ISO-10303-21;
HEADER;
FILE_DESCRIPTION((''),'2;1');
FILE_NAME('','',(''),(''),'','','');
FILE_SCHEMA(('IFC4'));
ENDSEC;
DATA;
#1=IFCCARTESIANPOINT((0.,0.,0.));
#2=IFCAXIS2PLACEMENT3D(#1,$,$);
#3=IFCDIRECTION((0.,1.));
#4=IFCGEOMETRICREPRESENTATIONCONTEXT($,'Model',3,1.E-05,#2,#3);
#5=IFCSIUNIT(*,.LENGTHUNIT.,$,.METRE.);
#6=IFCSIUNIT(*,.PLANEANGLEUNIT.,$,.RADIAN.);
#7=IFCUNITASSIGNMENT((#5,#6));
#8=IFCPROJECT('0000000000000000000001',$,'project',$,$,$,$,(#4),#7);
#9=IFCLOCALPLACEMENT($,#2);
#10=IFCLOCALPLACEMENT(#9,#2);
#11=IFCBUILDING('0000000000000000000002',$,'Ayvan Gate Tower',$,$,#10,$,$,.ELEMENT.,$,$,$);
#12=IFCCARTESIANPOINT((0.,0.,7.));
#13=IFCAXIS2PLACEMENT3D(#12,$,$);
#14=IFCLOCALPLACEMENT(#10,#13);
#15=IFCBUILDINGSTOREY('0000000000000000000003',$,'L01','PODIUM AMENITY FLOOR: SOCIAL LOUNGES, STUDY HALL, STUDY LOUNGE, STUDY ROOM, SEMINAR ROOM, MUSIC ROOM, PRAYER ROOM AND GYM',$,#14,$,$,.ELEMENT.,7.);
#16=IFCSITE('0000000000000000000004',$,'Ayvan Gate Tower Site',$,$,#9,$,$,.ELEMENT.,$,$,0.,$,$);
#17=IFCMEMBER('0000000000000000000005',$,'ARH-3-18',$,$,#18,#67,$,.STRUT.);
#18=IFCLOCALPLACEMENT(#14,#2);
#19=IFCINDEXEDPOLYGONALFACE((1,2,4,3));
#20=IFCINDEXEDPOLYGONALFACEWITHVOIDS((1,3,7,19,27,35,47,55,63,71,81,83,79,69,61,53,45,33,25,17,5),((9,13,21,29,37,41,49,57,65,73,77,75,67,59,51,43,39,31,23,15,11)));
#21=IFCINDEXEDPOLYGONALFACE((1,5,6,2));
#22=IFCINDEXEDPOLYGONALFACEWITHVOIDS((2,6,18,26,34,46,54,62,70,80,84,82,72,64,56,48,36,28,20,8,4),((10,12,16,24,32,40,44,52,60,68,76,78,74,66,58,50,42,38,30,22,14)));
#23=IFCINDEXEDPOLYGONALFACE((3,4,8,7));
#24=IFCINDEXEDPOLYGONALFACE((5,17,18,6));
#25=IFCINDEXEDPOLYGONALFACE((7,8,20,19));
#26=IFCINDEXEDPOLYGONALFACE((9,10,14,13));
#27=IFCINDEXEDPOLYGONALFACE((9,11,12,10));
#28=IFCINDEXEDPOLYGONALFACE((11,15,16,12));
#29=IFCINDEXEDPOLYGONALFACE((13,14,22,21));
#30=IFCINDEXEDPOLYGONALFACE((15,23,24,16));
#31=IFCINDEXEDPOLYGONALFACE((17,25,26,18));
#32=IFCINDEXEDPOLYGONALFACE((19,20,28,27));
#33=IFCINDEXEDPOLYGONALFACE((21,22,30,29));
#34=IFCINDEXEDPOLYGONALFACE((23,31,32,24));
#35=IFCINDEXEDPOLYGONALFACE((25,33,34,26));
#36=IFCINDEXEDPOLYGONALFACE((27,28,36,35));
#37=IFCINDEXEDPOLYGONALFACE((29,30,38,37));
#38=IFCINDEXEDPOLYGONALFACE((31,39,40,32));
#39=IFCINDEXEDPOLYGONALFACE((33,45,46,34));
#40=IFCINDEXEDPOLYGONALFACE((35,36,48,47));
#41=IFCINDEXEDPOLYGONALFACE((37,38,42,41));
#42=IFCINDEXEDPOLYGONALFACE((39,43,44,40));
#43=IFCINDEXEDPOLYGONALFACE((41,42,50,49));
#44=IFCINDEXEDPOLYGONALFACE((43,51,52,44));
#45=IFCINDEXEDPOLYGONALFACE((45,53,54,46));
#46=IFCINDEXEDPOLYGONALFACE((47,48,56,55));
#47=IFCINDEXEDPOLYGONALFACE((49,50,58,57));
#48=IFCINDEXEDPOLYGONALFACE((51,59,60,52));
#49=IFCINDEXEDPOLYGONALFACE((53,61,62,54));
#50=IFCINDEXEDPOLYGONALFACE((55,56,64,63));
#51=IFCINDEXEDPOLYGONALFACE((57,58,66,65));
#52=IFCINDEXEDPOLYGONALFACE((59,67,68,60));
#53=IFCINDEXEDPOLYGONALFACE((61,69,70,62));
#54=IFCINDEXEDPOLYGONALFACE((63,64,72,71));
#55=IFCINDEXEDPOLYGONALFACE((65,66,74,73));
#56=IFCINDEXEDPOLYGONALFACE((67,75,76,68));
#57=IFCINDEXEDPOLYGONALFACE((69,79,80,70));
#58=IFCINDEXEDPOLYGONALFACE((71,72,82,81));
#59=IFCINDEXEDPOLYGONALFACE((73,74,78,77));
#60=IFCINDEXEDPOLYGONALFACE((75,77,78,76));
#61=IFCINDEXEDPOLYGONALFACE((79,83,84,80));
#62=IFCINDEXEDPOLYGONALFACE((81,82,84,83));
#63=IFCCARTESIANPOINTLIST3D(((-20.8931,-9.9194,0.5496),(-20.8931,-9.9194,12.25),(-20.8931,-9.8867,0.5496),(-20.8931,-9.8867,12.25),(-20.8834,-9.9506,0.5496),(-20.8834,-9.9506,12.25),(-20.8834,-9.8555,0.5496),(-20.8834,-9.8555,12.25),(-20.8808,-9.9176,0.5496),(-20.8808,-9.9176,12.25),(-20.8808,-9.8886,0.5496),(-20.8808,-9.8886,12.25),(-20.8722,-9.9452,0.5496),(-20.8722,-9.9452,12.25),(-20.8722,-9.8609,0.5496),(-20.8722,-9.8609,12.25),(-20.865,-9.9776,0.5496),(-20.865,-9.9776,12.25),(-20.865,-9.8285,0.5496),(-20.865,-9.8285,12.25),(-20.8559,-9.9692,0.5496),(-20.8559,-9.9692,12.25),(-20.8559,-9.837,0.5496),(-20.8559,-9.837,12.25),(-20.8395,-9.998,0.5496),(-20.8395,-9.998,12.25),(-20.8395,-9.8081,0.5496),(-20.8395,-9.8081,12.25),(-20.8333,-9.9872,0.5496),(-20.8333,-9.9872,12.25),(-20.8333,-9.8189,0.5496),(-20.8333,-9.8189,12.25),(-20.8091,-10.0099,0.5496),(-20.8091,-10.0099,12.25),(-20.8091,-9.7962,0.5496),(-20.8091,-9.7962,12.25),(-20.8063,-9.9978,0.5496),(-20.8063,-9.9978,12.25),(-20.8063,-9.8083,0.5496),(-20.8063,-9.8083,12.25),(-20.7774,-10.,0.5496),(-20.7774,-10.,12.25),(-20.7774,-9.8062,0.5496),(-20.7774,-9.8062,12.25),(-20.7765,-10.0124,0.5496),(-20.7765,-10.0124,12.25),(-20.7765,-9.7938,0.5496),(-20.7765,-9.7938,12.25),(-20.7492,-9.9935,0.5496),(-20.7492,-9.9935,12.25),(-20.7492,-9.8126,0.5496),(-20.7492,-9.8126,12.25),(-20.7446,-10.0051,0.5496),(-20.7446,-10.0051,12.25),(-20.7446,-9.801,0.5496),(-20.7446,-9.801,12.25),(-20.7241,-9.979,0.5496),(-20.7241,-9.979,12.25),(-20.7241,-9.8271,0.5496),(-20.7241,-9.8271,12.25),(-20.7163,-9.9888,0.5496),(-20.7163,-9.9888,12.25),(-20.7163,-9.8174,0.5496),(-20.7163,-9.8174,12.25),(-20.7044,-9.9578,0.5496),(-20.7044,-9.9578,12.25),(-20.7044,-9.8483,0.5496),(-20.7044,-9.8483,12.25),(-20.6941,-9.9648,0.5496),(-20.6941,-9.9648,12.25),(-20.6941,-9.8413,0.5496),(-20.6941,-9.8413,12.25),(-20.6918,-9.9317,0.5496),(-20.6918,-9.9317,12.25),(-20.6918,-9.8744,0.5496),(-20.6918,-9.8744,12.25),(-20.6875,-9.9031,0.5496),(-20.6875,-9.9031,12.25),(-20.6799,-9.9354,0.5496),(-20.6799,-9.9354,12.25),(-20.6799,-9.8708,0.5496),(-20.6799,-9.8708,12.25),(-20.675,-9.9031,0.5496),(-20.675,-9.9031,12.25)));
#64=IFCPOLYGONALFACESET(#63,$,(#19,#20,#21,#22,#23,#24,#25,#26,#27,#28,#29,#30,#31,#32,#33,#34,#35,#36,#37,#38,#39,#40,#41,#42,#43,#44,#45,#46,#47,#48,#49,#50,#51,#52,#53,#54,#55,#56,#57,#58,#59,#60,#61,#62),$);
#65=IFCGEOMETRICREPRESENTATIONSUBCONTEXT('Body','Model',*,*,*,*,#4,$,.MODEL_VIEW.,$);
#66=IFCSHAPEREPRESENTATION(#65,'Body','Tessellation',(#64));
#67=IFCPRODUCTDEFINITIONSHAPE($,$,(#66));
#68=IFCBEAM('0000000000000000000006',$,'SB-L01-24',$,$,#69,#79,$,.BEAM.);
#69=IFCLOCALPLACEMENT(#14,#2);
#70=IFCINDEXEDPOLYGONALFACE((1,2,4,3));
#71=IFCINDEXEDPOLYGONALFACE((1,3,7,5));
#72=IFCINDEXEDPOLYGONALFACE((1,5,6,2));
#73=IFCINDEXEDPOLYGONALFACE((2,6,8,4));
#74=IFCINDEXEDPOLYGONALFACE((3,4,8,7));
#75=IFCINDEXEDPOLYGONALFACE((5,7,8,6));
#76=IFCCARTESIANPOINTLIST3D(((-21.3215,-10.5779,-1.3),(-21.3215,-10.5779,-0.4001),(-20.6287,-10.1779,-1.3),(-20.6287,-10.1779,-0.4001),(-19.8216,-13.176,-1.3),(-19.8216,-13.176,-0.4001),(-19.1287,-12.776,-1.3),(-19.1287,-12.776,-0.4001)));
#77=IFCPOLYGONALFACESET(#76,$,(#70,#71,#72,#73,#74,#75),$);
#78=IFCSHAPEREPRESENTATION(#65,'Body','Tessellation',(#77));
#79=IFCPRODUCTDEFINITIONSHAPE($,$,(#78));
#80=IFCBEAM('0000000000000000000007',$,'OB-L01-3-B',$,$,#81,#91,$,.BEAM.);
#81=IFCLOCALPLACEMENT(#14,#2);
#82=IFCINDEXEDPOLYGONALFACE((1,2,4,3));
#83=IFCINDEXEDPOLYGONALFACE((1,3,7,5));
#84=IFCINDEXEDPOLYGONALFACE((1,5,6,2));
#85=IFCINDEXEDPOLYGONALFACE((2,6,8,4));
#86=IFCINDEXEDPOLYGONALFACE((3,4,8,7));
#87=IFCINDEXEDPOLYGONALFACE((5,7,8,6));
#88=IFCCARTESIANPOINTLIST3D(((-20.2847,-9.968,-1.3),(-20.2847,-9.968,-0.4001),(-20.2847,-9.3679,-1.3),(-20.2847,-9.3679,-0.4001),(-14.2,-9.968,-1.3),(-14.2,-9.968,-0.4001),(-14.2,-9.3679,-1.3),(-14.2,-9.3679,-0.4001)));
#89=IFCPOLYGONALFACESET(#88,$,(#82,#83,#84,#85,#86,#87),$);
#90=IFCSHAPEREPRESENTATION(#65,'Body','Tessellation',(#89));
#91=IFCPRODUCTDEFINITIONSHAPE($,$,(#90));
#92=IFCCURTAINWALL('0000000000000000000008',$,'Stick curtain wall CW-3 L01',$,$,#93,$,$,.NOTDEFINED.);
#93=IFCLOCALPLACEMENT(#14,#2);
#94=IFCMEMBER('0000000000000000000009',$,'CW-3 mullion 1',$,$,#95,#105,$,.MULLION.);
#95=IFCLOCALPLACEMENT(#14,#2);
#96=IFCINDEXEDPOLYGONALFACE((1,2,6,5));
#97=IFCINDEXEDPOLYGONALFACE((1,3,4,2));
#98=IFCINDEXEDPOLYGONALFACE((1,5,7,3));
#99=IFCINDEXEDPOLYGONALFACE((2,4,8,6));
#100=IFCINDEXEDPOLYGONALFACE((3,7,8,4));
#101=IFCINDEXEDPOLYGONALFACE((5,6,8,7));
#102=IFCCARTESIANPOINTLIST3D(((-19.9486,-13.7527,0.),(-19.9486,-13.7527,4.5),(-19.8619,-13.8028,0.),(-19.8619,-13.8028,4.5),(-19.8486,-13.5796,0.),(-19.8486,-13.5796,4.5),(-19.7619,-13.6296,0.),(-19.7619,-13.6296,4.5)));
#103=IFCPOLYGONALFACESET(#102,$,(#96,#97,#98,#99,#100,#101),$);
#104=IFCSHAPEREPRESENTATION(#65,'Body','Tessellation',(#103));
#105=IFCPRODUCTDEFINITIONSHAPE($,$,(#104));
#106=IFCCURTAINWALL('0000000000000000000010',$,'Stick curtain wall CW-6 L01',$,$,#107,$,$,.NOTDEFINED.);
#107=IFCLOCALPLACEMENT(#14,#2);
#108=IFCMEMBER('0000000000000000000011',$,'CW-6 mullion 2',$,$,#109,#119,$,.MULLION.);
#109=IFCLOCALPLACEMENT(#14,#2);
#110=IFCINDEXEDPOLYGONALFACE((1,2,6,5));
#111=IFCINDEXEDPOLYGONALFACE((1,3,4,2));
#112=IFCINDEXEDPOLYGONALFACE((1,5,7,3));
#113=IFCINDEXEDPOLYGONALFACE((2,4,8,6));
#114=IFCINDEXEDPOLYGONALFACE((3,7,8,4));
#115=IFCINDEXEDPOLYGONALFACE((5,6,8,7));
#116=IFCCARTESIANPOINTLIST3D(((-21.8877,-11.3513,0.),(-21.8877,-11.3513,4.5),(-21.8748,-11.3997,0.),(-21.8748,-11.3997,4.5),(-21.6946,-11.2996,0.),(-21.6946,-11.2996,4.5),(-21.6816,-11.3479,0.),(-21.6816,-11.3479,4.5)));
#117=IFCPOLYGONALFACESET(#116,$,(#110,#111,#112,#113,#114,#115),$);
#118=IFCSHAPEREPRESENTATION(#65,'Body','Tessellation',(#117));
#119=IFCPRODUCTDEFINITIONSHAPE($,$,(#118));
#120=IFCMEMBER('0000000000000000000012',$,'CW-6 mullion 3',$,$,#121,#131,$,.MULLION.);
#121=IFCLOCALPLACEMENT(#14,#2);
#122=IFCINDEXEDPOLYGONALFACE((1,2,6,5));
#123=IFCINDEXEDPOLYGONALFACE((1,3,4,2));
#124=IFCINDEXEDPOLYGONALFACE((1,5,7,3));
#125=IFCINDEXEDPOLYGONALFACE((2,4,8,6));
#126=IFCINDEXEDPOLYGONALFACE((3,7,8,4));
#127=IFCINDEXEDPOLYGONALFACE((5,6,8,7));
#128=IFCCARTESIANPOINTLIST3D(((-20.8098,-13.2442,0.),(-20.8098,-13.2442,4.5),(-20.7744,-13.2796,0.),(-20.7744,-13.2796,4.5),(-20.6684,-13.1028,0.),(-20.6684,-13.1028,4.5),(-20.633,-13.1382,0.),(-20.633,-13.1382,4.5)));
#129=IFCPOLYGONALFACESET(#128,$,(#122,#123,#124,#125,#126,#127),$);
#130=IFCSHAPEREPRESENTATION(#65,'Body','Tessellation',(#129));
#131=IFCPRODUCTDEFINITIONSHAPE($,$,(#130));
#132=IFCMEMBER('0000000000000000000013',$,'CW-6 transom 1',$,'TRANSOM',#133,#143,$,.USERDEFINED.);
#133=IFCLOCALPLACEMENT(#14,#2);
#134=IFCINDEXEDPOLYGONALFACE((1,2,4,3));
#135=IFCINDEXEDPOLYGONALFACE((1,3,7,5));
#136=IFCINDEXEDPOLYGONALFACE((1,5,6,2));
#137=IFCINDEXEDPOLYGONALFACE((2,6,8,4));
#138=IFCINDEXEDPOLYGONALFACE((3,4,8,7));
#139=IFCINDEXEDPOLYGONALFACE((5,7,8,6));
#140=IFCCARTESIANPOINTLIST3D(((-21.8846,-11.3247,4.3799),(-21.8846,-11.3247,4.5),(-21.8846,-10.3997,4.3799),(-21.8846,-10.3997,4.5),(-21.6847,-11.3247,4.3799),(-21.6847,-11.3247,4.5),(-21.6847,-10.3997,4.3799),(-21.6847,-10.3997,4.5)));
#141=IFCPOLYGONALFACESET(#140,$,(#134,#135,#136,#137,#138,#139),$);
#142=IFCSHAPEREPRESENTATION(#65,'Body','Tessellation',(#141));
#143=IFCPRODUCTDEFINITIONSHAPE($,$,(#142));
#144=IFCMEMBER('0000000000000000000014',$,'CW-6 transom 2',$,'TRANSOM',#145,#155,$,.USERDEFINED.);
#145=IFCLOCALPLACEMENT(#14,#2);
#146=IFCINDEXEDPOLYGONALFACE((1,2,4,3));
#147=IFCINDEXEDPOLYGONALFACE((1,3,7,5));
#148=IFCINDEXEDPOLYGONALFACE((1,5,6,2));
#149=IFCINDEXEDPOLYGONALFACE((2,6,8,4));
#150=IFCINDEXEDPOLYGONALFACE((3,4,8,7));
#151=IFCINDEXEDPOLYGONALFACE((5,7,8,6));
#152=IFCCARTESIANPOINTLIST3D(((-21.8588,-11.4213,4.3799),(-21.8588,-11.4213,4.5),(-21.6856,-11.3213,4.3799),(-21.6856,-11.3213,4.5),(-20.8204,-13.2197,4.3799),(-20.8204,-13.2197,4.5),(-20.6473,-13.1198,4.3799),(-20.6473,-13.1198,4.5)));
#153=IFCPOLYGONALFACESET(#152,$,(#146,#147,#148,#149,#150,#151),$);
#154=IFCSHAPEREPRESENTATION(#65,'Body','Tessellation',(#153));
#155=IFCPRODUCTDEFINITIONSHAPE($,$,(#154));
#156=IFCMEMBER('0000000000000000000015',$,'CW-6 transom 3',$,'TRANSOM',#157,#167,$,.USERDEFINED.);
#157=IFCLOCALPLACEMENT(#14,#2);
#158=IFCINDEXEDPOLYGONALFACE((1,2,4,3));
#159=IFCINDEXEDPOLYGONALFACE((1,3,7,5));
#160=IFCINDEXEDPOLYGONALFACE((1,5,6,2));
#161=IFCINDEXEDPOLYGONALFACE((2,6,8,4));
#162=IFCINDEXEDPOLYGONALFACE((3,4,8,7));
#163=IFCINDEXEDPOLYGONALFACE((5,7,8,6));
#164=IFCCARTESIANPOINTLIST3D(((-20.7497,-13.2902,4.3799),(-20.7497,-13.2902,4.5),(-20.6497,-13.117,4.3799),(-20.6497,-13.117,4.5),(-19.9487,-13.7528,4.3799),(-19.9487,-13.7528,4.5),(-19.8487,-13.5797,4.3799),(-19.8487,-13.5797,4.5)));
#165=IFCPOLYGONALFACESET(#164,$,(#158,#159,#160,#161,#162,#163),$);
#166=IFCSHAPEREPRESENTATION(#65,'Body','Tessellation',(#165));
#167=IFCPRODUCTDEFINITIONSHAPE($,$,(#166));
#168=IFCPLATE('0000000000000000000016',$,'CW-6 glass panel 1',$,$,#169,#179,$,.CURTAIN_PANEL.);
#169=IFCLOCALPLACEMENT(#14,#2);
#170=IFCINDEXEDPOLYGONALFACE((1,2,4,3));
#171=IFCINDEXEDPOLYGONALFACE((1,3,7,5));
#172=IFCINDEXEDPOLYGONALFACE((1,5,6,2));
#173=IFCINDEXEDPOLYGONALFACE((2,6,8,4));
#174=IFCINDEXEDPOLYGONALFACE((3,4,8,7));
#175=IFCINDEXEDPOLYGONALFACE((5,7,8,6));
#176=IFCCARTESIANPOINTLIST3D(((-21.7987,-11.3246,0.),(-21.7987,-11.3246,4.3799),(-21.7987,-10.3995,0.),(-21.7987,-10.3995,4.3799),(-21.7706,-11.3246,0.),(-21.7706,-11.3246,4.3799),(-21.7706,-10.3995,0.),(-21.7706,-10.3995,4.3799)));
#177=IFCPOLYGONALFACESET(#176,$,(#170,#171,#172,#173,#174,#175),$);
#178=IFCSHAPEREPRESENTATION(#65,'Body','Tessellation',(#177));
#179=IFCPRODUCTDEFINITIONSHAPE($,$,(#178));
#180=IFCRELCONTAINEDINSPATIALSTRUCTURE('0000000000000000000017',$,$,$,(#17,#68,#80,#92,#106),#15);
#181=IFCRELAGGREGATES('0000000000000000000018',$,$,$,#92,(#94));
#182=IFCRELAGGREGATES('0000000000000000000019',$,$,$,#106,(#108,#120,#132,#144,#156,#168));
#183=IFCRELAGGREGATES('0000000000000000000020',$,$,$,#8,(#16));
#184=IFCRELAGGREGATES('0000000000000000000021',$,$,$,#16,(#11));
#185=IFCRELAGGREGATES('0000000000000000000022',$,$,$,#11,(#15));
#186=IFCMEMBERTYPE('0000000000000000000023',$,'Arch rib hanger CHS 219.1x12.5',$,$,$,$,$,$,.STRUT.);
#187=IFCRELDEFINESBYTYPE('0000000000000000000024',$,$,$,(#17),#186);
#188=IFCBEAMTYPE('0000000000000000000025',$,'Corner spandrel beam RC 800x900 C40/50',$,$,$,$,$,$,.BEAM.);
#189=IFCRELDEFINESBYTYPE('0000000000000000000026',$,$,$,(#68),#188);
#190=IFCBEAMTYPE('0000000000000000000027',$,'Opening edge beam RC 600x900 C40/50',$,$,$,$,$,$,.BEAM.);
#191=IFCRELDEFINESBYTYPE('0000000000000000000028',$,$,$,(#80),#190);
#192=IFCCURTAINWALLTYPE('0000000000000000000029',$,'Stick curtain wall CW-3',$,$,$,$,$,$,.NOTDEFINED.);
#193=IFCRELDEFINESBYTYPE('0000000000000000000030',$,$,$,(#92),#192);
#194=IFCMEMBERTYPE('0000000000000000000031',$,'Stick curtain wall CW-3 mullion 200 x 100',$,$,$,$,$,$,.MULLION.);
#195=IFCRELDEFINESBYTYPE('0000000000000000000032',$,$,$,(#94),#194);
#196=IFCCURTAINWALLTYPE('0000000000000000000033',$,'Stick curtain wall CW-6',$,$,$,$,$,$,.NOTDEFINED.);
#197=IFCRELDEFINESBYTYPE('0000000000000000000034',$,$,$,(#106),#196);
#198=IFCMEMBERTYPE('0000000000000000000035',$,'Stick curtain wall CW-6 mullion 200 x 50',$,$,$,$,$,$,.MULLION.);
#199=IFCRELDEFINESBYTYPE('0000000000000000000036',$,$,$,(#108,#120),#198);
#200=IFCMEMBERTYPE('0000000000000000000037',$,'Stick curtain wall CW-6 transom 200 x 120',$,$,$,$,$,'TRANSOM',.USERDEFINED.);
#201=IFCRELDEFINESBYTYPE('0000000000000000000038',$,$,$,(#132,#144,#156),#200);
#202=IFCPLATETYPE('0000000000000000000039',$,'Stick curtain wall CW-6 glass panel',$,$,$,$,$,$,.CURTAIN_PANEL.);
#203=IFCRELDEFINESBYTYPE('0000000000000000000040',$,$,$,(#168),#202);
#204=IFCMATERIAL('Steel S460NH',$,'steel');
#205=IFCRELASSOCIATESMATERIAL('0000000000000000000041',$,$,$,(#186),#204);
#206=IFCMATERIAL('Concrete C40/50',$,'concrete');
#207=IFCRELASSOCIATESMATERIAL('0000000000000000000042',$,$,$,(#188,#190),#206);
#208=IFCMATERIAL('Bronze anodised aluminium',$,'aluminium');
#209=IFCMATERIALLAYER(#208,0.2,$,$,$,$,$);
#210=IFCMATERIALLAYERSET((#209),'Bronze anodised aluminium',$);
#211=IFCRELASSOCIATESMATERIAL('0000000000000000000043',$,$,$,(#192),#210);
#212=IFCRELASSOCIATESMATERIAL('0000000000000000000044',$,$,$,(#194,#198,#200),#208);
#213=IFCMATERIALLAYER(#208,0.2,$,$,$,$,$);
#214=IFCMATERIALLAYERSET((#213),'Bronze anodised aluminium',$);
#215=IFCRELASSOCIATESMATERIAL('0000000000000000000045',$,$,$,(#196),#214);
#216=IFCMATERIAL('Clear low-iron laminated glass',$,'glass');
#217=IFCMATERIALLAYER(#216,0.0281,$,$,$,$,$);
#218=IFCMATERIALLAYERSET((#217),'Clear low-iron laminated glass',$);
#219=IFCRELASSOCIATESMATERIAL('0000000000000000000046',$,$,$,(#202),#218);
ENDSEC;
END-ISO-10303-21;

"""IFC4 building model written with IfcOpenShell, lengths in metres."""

from ifc_helpers import new_model, si_unit, direction, frame, origin, origin_2d, place, context, subcontext, project, spatial, rectangle, hollow_circle, extrude, material, layer, layer_set, material_profile, profile_set, type_object, element, aggregate, save


model = new_model("IFC4")

# Units and contexts
model_context = context("Model", 3, precision=1e-05, world=origin(), true_north=direction((0.0, 1.0)))
body_context = subcontext(model_context, "Body", "Model", "MODEL_VIEW")
ifc_project = project(units=[si_unit("LENGTHUNIT", "METRE"), si_unit("PLANEANGLEUNIT", "RADIAN")], contexts=[model_context])

# Site, building, storey
site_placement = place(None, origin())
site = spatial("IfcSite", under=ifc_project, at=site_placement, Name="Ayvan Gate Tower Site", CompositionType="ELEMENT", RefElevation=0.0)
building_placement = place(site_placement, origin())
building = spatial("IfcBuilding", under=site, at=building_placement, Name="Ayvan Gate Tower", CompositionType="ELEMENT")
storey_placement = place(building_placement, frame((0.0, 0.0, 7.0)))
storey = spatial("IfcBuildingStorey", under=building, at=storey_placement, Name="L01", Description="PODIUM AMENITY FLOOR: SOCIAL LOUNGES, STUDY HALL, STUDY LOUNGE, STUDY ROOM, SEMINAR ROOM, MUSIC ROOM, PRAYER ROOM AND GYM", CompositionType="ELEMENT", Elevation=7.0)

# Member
ifc_material_1 = material(Name="Steel S460NH", Category="steel")
ifc_material_profile_1 = material_profile(ifc_material_1, hollow_circle(Radius=0.1096, WallThickness=0.0125, at=origin_2d()), Name="CHS 219.1x12.5")
ifc_profile_set_1 = profile_set([ifc_material_profile_1], Name="Steel S460NH")
member_type_1 = type_object("IfcMemberType", Name="Arch rib hanger CHS 219.1x12.5", PredefinedType="STRUT", material=ifc_profile_set_1)
member_1_placement = place(storey_placement, frame((-20.7847, -9.9031, 0.5496), z_axis=(0.0, 0.0, 1.0), x_axis=(1.0, 0.0, 0.0)))
element("IfcMember", 1, at=member_1_placement, inside=storey, type_object=member_type_1, Name="ARH-3-18", PredefinedType="STRUT", context=body_context, shape_type="SweptSolid", body=[
    extrude(hollow_circle(Radius=0.1096, WallThickness=0.0125, at=origin_2d()), origin(), (0.0, 0.0, 1.0), 11.7004),
])

# Beams
ifc_material_2 = material(Name="Concrete C40/50", Category="concrete")
ifc_material_profile_2 = material_profile(ifc_material_2, rectangle(XDim=0.8, YDim=0.8999, at=origin_2d()), Name="RC 800x900")
ifc_profile_set_2 = profile_set([ifc_material_profile_2], Name="Concrete C40/50")
beam_type_1 = type_object("IfcBeamType", Name="Corner spandrel beam RC 800x900 C40/50", PredefinedType="BEAM", material=ifc_profile_set_2)
beam_1_placement = place(storey_placement, frame((-20.9751, -10.3779, -0.8501), z_axis=(0.49999, -0.866031, 0.0), x_axis=(0.866031, 0.49999, 0.0)))
element("IfcBeam", 2, at=beam_1_placement, inside=storey, type_object=beam_type_1, Name="SB-L01-24", PredefinedType="BEAM", context=body_context, shape_type="SweptSolid", body=[
    extrude(rectangle(XDim=0.8, YDim=0.8999, at=origin_2d()), origin(), (0.0, 0.0, 1.0), 3.0),
])
ifc_material_profile_3 = material_profile(ifc_material_2, rectangle(XDim=0.6001, YDim=0.8999, at=origin_2d()), Name="RC 600x900")
ifc_profile_set_3 = profile_set([ifc_material_profile_3], Name="Concrete C40/50")
beam_type_2 = type_object("IfcBeamType", Name="Opening edge beam RC 600x900 C40/50", PredefinedType="BEAM", material=ifc_profile_set_3)
beam_2_placement = place(storey_placement, frame((-20.2847, -9.668, -0.8501), z_axis=(1.0, 0.0, 0.0), x_axis=(0.0, 1.0, 0.0)))
element("IfcBeam", 3, at=beam_2_placement, inside=storey, type_object=beam_type_2, Name="OB-L01-3-B", PredefinedType="BEAM", context=body_context, shape_type="SweptSolid", body=[
    extrude(rectangle(XDim=0.6001, YDim=0.8999, at=origin_2d()), origin(), (0.0, 0.0, 1.0), 6.0847),
])

# Curtain wall, member
ifc_material_3 = material(Name="Bronze anodised aluminium", Category="aluminium")
ifc_layer_1 = layer(ifc_material_3, 0.2)
ifc_layer_set_1 = layer_set([ifc_layer_1], Name="Bronze anodised aluminium")
curtain_wall_type_1 = type_object("IfcCurtainWallType", Name="Stick curtain wall CW-3", PredefinedType="NOTDEFINED", material=ifc_layer_set_1)
curtain_wall_1_placement = place(storey_placement, origin())
curtain_wall_1 = element("IfcCurtainWall", 4, at=curtain_wall_1_placement, inside=storey, type_object=curtain_wall_type_1, Name="Stick curtain wall CW-3 L01", PredefinedType="NOTDEFINED")
ifc_material_profile_4 = material_profile(ifc_material_3, rectangle(XDim=0.2, YDim=0.1001, at=origin_2d()), Name="Stick curtain wall CW-3 mullion 200 x 100")
ifc_profile_set_4 = profile_set([ifc_material_profile_4], Name="Bronze anodised aluminium")
member_type_2 = type_object("IfcMemberType", Name="Stick curtain wall CW-3 mullion 200 x 100", PredefinedType="MULLION", material=ifc_profile_set_4)
member_2_placement = place(storey_placement, frame((-19.8552, -13.6912, 0.0), z_axis=(0.0, 0.0, 1.0), x_axis=(-0.5, -0.866025, 0.0)))
member_2 = element("IfcMember", 5, at=member_2_placement, type_object=member_type_2, Name="CW-3 mullion 1", PredefinedType="MULLION", context=body_context, shape_type="SweptSolid", body=[
    extrude(rectangle(XDim=0.2, YDim=0.1001, at=origin_2d()), origin(), (0.0, 0.0, 1.0), 4.5),
])
aggregate(curtain_wall_1, [member_2])

# Curtain wall, members, plate
ifc_layer_2 = layer(ifc_material_3, 0.2)
ifc_layer_set_2 = layer_set([ifc_layer_2], Name="Bronze anodised aluminium")
curtain_wall_type_2 = type_object("IfcCurtainWallType", Name="Stick curtain wall CW-6", PredefinedType="NOTDEFINED", material=ifc_layer_set_2)
curtain_wall_2_placement = place(storey_placement, origin())
curtain_wall_2 = element("IfcCurtainWall", 6, at=curtain_wall_2_placement, inside=storey, type_object=curtain_wall_type_2, Name="Stick curtain wall CW-6 L01", PredefinedType="NOTDEFINED")
ifc_material_profile_5 = material_profile(ifc_material_3, rectangle(XDim=0.2, YDim=0.05, at=origin_2d()), Name="Stick curtain wall CW-6 mullion 200 x 50")
ifc_profile_set_5 = profile_set([ifc_material_profile_5], Name="Bronze anodised aluminium")
member_type_3 = type_object("IfcMemberType", Name="Stick curtain wall CW-6 mullion 200 x 50", PredefinedType="MULLION", material=ifc_profile_set_5)
member_3_placement = place(storey_placement, frame((-21.7847, -11.3496, 0.0), z_axis=(0.0, 0.0, 1.0), x_axis=(-0.965926, -0.258819, 0.0)))
member_3 = element("IfcMember", 7, at=member_3_placement, type_object=member_type_3, Name="CW-6 mullion 2", PredefinedType="MULLION", context=body_context, shape_type="SweptSolid", body=[
    extrude(rectangle(XDim=0.2, YDim=0.05, at=origin_2d()), origin(), (0.0, 0.0, 1.0), 4.5),
])
member_4_placement = place(storey_placement, frame((-20.7214, -13.1912, 0.0), z_axis=(0.0, 0.0, 1.0), x_axis=(-0.707107, -0.707107, 0.0)))
member_4 = element("IfcMember", 8, at=member_4_placement, type_object=member_type_3, Name="CW-6 mullion 3", PredefinedType="MULLION", context=body_context, shape_type="SweptSolid", body=[
    extrude(rectangle(XDim=0.2, YDim=0.05, at=origin_2d()), origin(), (0.0, 0.0, 1.0), 4.5),
])
ifc_material_profile_6 = material_profile(ifc_material_3, rectangle(XDim=0.2, YDim=0.1201, at=origin_2d()), Name="Stick curtain wall CW-6 transom 200 x 120")
ifc_profile_set_6 = profile_set([ifc_material_profile_6], Name="Bronze anodised aluminium")
member_type_4 = type_object("IfcMemberType", Name="Stick curtain wall CW-6 transom 200 x 120", ElementType="TRANSOM", PredefinedType="USERDEFINED", material=ifc_profile_set_6)
member_5_placement = place(storey_placement, frame((-21.7847, -10.3997, 4.4399), z_axis=(0.0, -1.0, 0.0), x_axis=(1.0, 0.0, 0.0)))
member_5 = element("IfcMember", 9, at=member_5_placement, type_object=member_type_4, Name="CW-6 transom 1", ObjectType="TRANSOM", PredefinedType="USERDEFINED", context=body_context, shape_type="SweptSolid", body=[
    extrude(rectangle(XDim=0.2, YDim=0.1201, at=origin_2d()), origin(), (0.0, 0.0, 1.0), 0.925),
])
member_6_placement = place(storey_placement, frame((-21.7722, -11.3713, 4.4399), z_axis=(0.500021, -0.866013, 0.0), x_axis=(0.866013, 0.500021, 0.0)))
member_6 = element("IfcMember", 10, at=member_6_placement, type_object=member_type_4, Name="CW-6 transom 2", ObjectType="TRANSOM", PredefinedType="USERDEFINED", context=body_context, shape_type="SweptSolid", body=[
    extrude(rectangle(XDim=0.2, YDim=0.1201, at=origin_2d()), origin(), (0.0, 0.0, 1.0), 2.0767),
])
member_7_placement = place(storey_placement, frame((-20.6997, -13.2036, 4.4399), z_axis=(0.865944, -0.500141, 0.0), x_axis=(0.500141, 0.865944, 0.0)))
member_7 = element("IfcMember", 11, at=member_7_placement, type_object=member_type_4, Name="CW-6 transom 3", ObjectType="TRANSOM", PredefinedType="USERDEFINED", context=body_context, shape_type="SweptSolid", body=[
    extrude(rectangle(XDim=0.2, YDim=0.1201, at=origin_2d()), origin(), (0.0, 0.0, 1.0), 0.925),
])
ifc_material_4 = material(Name="Clear low-iron laminated glass", Category="glass")
ifc_layer_3 = layer(ifc_material_4, 0.0281)
ifc_layer_set_3 = layer_set([ifc_layer_3], Name="Clear low-iron laminated glass")
plate_type = type_object("IfcPlateType", Name="Stick curtain wall CW-6 glass panel", PredefinedType="CURTAIN_PANEL", material=ifc_layer_set_3)
plate_1_placement = place(storey_placement, frame((-21.7847, -10.8621, 0.0), z_axis=(0.0, 0.0, 1.0), x_axis=(0.0, -1.0, 0.0)))
plate_1 = element("IfcPlate", 12, at=plate_1_placement, type_object=plate_type, Name="CW-6 glass panel 1", PredefinedType="CURTAIN_PANEL", context=body_context, shape_type="SweptSolid", body=[
    extrude(rectangle(XDim=0.925, YDim=0.0281, at=origin_2d()), origin(), (0.0, 0.0, 1.0), 4.3799),
])
aggregate(curtain_wall_2, [member_3, member_4, member_5, member_6, member_7, plate_1])

save(model, "model.ifc")
